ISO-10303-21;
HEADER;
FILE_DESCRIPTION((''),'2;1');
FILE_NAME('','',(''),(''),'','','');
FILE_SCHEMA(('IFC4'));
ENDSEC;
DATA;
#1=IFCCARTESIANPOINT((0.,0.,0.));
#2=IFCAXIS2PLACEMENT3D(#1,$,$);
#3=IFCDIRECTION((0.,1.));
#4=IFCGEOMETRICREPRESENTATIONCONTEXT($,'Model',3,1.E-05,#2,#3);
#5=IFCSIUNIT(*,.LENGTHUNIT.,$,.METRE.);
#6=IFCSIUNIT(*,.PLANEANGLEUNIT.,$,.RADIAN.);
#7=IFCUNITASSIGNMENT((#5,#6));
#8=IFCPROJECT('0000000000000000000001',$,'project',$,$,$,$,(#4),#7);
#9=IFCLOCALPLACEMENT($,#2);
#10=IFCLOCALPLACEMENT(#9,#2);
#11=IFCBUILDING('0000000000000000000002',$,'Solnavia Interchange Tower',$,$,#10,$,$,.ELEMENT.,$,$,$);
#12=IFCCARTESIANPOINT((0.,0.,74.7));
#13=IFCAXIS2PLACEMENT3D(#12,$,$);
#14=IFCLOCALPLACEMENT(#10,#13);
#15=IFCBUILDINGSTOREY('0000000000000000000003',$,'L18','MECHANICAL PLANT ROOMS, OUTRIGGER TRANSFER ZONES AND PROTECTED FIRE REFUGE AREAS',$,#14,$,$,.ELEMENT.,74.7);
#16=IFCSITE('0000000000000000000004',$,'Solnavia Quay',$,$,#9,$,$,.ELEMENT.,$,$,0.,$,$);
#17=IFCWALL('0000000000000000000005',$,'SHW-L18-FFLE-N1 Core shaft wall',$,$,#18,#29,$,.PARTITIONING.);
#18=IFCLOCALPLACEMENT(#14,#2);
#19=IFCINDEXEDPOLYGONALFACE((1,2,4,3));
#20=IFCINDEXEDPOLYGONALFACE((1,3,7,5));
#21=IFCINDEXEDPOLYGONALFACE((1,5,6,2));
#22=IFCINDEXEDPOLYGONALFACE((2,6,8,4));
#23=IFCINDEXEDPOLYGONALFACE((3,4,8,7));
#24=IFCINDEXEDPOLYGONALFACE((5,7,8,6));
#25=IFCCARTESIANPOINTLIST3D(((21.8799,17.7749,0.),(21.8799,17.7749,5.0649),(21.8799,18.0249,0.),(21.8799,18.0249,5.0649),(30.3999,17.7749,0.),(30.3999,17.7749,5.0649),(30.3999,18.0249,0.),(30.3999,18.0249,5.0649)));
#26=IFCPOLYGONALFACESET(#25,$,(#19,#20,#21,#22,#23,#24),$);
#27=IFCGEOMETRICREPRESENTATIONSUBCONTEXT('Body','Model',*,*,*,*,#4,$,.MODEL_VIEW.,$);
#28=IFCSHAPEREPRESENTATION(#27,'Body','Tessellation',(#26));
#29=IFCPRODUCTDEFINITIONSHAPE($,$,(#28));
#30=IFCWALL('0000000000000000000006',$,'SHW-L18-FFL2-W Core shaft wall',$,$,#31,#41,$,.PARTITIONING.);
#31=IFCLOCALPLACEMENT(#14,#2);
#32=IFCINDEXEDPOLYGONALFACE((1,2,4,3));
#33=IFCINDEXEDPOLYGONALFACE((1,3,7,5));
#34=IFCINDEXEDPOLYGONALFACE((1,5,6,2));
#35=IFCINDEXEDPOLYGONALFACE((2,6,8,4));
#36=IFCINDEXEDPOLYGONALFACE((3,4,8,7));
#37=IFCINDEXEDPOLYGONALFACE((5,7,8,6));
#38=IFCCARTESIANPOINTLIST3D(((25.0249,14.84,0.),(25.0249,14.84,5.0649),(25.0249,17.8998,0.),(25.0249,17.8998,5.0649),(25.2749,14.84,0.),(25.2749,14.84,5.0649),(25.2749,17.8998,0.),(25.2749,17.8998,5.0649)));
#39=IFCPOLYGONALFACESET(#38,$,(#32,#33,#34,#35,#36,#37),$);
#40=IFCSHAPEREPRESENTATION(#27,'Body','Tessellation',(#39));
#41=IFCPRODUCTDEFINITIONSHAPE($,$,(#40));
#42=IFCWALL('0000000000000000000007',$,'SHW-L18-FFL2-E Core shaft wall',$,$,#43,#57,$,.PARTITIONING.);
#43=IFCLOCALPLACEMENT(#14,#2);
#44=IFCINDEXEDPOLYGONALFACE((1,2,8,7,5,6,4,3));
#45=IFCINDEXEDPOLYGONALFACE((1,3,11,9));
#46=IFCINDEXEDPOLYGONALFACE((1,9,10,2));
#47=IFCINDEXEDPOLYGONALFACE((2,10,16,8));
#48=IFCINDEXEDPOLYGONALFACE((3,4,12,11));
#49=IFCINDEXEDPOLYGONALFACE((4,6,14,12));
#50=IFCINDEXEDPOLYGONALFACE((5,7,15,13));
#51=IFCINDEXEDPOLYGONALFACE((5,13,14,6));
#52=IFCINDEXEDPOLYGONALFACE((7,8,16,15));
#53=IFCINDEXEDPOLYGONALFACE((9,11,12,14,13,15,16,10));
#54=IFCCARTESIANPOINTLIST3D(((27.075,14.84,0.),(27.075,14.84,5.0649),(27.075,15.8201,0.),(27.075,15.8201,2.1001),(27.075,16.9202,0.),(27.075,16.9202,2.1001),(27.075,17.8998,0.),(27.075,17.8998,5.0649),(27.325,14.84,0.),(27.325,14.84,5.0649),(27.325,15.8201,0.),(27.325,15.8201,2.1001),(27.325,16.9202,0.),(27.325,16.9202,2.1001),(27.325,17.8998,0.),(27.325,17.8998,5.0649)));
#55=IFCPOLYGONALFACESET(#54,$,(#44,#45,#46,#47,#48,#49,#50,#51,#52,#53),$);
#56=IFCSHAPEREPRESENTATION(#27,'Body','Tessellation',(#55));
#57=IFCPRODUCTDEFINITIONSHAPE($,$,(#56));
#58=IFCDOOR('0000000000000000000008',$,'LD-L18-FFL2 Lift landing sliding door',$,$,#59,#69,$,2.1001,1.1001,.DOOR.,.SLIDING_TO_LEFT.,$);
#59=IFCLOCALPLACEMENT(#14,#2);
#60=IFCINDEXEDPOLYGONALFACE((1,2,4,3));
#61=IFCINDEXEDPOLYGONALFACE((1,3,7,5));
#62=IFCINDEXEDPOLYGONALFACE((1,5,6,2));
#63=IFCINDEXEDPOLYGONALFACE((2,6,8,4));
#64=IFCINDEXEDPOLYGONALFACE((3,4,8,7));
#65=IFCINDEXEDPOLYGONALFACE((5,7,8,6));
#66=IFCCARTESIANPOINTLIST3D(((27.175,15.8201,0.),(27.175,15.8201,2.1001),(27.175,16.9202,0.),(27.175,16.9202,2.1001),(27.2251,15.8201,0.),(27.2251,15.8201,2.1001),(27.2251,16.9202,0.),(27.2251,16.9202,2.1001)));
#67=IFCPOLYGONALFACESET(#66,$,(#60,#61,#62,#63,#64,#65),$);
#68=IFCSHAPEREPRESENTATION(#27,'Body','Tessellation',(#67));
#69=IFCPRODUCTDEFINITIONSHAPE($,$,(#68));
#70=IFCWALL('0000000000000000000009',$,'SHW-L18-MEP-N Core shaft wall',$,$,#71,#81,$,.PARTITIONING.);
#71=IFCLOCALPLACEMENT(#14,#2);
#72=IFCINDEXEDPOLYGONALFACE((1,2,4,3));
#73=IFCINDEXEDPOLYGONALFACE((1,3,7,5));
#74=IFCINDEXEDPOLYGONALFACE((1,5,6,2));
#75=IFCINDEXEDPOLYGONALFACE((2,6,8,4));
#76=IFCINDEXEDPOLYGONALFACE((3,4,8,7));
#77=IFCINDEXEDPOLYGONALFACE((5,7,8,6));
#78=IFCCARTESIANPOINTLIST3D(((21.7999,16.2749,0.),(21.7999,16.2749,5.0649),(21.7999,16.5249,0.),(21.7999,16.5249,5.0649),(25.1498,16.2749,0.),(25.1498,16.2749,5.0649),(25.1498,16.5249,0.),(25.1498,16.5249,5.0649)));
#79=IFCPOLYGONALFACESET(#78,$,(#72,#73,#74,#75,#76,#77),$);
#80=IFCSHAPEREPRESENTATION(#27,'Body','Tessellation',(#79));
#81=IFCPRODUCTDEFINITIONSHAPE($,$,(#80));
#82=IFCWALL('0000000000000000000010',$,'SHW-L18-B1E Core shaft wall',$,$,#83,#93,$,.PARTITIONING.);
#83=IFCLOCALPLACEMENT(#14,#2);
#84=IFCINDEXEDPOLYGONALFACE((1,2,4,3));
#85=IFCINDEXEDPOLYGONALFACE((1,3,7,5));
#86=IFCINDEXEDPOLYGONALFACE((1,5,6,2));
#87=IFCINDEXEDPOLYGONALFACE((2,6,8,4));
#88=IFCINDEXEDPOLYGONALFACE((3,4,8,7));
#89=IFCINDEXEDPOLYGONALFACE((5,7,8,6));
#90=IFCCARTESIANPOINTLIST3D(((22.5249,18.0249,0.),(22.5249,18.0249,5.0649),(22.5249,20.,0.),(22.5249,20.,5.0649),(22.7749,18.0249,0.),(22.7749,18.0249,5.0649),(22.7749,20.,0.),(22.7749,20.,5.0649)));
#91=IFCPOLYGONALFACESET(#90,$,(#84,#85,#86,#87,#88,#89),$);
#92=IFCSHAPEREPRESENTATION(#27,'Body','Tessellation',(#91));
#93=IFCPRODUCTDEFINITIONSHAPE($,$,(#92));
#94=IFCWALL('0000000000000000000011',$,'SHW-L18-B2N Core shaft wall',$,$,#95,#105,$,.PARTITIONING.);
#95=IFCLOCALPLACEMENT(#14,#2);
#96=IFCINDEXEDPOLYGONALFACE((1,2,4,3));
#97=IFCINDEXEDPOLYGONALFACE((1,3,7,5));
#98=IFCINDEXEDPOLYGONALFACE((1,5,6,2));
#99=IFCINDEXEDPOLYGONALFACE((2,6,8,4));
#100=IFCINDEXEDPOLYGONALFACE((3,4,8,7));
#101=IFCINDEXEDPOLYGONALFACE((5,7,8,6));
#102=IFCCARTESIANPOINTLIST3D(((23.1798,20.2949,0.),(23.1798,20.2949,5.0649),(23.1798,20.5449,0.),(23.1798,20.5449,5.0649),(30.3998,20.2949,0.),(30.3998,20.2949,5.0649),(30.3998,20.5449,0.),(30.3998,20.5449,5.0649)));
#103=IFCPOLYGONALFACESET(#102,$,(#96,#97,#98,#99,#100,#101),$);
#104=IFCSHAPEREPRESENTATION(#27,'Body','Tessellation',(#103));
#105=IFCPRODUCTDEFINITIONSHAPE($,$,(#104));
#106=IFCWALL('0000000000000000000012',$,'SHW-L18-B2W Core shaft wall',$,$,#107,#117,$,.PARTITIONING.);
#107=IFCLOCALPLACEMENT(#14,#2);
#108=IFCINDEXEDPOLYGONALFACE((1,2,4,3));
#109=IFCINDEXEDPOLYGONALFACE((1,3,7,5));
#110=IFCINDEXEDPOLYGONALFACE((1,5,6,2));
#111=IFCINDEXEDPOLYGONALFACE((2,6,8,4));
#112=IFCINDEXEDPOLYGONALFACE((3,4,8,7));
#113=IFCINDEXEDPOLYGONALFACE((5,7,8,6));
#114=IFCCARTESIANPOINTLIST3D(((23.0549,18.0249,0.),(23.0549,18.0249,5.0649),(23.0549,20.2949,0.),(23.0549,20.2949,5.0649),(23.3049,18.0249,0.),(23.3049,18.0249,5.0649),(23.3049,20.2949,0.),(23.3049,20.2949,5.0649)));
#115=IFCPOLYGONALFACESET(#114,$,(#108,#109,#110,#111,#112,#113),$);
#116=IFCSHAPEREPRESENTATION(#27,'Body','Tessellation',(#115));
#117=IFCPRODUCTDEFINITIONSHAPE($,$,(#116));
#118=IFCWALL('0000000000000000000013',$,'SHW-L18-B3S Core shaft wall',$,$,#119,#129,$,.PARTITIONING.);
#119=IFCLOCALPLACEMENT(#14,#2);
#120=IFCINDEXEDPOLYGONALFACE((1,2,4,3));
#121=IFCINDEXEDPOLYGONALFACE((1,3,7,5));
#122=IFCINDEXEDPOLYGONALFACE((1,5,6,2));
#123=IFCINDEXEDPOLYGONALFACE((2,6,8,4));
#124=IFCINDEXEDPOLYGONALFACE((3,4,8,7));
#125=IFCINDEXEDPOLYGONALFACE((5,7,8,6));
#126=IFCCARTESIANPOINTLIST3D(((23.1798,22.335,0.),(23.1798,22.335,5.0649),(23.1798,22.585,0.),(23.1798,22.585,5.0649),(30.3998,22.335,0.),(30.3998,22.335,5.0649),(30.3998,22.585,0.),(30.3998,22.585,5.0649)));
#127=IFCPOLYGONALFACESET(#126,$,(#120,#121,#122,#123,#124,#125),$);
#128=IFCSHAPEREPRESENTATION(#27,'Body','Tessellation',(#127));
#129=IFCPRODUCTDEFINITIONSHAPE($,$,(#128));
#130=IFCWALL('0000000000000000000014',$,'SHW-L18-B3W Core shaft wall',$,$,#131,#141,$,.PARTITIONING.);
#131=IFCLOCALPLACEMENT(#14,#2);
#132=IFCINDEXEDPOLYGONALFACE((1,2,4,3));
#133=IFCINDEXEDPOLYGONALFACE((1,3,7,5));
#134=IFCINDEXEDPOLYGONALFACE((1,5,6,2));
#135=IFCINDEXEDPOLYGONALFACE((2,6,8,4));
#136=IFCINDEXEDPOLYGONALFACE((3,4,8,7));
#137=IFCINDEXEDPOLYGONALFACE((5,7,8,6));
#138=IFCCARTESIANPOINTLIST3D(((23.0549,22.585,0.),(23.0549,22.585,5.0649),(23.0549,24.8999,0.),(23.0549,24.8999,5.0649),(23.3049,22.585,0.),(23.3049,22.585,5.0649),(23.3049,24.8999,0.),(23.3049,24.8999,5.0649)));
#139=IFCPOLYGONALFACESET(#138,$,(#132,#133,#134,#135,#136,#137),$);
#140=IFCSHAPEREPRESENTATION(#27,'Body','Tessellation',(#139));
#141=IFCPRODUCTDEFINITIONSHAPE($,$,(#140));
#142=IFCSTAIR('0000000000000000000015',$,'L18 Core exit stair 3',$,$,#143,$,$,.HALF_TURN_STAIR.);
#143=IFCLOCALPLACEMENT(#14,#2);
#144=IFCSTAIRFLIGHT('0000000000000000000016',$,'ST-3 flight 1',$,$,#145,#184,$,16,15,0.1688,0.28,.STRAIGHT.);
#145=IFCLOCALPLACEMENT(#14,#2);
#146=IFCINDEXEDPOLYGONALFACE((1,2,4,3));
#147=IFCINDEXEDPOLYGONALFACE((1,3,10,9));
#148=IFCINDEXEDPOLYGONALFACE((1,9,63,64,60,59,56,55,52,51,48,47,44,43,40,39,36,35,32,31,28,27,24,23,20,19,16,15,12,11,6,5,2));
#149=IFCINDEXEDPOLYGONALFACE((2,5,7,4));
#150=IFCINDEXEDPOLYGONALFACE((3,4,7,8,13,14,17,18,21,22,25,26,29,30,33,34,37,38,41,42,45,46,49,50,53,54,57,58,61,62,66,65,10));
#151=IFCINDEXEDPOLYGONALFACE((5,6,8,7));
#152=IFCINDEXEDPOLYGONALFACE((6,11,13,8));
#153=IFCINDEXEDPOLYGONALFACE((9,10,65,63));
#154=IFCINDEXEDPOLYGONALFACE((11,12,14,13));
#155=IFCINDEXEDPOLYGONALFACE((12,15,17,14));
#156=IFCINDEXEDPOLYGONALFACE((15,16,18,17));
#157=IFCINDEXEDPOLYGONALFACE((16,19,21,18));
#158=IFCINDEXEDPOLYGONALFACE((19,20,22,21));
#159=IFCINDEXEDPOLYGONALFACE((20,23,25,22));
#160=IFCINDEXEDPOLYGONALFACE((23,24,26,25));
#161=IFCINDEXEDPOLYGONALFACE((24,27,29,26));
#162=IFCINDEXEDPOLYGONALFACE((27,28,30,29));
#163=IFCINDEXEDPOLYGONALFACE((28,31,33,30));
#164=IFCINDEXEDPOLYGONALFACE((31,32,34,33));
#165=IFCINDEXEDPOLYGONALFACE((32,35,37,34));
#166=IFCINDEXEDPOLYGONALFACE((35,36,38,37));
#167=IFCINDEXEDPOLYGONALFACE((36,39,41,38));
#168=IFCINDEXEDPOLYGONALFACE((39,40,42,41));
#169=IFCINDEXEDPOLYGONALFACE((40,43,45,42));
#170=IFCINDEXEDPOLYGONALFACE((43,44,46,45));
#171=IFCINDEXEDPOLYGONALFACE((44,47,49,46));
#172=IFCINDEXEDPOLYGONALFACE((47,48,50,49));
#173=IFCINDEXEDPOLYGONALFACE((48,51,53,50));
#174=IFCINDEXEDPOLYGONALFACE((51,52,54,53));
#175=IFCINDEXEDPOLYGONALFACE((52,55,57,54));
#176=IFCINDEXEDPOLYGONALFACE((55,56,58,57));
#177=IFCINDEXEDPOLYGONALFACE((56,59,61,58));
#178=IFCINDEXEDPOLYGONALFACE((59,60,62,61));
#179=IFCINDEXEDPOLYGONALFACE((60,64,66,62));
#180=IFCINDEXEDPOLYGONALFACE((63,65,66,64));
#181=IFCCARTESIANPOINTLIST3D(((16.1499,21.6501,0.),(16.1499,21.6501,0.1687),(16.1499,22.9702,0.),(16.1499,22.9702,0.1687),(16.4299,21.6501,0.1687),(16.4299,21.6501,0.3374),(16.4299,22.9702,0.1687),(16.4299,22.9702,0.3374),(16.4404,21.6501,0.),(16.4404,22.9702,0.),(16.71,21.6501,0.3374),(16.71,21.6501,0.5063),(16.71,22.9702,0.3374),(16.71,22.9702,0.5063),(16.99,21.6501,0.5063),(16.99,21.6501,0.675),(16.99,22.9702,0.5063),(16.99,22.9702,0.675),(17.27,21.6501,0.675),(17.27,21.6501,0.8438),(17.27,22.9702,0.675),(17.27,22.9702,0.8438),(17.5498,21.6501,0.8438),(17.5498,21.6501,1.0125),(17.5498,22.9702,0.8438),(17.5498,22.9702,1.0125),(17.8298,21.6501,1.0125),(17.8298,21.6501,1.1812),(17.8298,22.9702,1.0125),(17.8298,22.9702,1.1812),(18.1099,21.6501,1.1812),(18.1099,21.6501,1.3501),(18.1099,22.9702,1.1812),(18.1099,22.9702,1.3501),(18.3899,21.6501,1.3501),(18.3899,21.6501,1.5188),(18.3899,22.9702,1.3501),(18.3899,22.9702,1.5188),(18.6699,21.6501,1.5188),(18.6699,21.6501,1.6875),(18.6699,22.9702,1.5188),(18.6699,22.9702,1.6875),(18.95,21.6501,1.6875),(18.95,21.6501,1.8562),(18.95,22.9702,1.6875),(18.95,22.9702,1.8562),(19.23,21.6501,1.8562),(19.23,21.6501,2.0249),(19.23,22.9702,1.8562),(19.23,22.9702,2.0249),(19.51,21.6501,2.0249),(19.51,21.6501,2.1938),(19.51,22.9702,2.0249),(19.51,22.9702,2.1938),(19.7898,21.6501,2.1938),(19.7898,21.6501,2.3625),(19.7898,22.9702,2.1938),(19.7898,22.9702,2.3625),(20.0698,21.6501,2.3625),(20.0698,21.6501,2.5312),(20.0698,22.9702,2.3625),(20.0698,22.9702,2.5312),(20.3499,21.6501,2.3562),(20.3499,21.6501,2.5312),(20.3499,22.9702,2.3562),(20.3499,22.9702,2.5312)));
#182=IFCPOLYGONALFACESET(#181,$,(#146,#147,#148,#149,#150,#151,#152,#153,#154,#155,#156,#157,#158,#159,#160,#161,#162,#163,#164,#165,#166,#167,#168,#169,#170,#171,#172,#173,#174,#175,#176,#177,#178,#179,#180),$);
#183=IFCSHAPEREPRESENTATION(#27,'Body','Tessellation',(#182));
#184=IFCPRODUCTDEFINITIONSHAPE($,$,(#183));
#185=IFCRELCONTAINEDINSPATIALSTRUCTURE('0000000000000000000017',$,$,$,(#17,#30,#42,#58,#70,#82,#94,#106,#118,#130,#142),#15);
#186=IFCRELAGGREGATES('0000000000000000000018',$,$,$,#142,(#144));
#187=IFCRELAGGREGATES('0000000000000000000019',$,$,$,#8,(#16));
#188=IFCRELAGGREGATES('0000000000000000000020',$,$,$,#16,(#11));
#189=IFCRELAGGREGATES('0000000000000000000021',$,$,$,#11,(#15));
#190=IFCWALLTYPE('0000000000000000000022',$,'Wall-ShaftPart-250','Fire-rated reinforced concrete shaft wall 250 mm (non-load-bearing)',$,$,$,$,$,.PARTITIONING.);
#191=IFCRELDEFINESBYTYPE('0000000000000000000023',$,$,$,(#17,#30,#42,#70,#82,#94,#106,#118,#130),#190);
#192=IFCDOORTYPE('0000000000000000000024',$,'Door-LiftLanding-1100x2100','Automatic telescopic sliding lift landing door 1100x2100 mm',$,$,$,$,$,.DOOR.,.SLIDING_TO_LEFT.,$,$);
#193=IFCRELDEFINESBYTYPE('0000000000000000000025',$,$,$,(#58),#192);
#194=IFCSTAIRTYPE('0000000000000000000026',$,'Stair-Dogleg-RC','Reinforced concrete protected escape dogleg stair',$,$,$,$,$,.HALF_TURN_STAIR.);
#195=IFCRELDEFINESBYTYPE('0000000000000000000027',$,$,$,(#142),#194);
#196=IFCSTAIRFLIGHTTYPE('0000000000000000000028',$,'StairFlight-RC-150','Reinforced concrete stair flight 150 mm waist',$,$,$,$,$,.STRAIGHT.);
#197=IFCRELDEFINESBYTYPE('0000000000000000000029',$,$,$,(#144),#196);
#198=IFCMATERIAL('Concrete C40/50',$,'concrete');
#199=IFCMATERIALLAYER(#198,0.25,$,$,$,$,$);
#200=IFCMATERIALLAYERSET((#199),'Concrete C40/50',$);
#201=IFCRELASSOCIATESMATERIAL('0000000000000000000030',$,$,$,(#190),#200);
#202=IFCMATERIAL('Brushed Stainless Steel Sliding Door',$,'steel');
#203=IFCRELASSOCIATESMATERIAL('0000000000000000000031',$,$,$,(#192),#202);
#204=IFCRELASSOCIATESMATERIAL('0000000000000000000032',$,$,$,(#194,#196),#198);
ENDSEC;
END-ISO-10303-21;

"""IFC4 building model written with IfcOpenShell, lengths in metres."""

from ifc_helpers import new_model, si_unit, direction, frame, frame_2d, origin, place, context, subcontext, project, spatial, polyline, rectangle, outline, extrude, material, layer, layer_set, type_object, element, fill, aggregate, save


model = new_model("IFC4")

# Units and contexts
model_context = context("Model", 3, precision=1e-05, world=origin(), true_north=direction((0.0, 1.0)))
body_context = subcontext(model_context, "Body", "Model", "MODEL_VIEW")
ifc_project = project(units=[si_unit("LENGTHUNIT", "METRE"), si_unit("PLANEANGLEUNIT", "RADIAN")], contexts=[model_context])

# Site, building, storey
site_placement = place(None, origin())
site = spatial("IfcSite", under=ifc_project, at=site_placement, Name="Solnavia Quay", CompositionType="ELEMENT", RefElevation=0.0)
building_placement = place(site_placement, origin())
building = spatial("IfcBuilding", under=site, at=building_placement, Name="Solnavia Interchange Tower", CompositionType="ELEMENT")
storey_placement = place(building_placement, frame((0.0, 0.0, 74.7)))
storey = spatial("IfcBuildingStorey", under=building, at=storey_placement, Name="L18", Description="MECHANICAL PLANT ROOMS, OUTRIGGER TRANSFER ZONES AND PROTECTED FIRE REFUGE AREAS", CompositionType="ELEMENT", Elevation=74.7)

# Shared definitions
ifc_material_1 = material(Name="Concrete C40/50", Category="concrete")

# Shared definitions
ifc_layer_1 = layer(ifc_material_1, 0.25)
ifc_layer_set_1 = layer_set([ifc_layer_1], Name="Concrete C40/50")
wall_type_1 = type_object("IfcWallType", Name="Wall-ShaftPart-250", Description="Fire-rated reinforced concrete shaft wall 250 mm (non-load-bearing)", PredefinedType="PARTITIONING", material=ifc_layer_set_1)
ifc_material_2 = material(Name="Brushed Stainless Steel Sliding Door", Category="steel")
door_type_1 = type_object("IfcDoorType", Name="Door-LiftLanding-1100x2100", Description="Automatic telescopic sliding lift landing door 1100x2100 mm", OperationType="SLIDING_TO_LEFT", PredefinedType="DOOR", material=ifc_material_2)

# Walls
wall_1_placement = place(storey_placement, frame((21.8799, 17.8999, 0.0), z_axis=(0.0, 0.0, 1.0), x_axis=(1.0, 0.0, 0.0)))
element("IfcWall", 1, at=wall_1_placement, inside=storey, type_object=wall_type_1, Name="SHW-L18-FFLE-N1 Core shaft wall", PredefinedType="PARTITIONING", context=body_context, shape_type="SweptSolid", body=[
    extrude(rectangle(XDim=8.52, YDim=0.25, at=frame_2d((4.26, 0.0))), origin(), (0.0, 0.0, 1.0), 5.0649),
])
wall_2_placement = place(storey_placement, frame((25.1499, 14.8401, 0.0), z_axis=(0.0, 0.0, 1.0), x_axis=(0.0, 1.0, 0.0)))
element("IfcWall", 2, at=wall_2_placement, inside=storey, type_object=wall_type_1, Name="SHW-L18-FFL2-W Core shaft wall", PredefinedType="PARTITIONING", context=body_context, shape_type="SweptSolid", body=[
    extrude(rectangle(XDim=3.0598, YDim=0.25, at=frame_2d((1.5298, 0.0))), origin(), (0.0, 0.0, 1.0), 5.0649),
])

# Wall, opening, door
wall_3_placement = place(storey_placement, frame((27.2, 14.8401, 0.0), z_axis=(0.0, 0.0, 1.0), x_axis=(0.0, 1.0, 0.0)))
wall_3 = element("IfcWall", 3, at=wall_3_placement, inside=storey, type_object=wall_type_1, Name="SHW-L18-FFL2-E Core shaft wall", PredefinedType="PARTITIONING", context=body_context, shape_type="SweptSolid", body=[
    extrude(rectangle(XDim=3.0598, YDim=0.25, at=frame_2d((1.5298, 0.0))), origin(), (0.0, 0.0, 1.0), 5.0649),
])
opening_1_placement = place(wall_3_placement, frame((0.98, 0.0, 0.0)))
opening_1 = element("IfcOpeningElement", 4, at=opening_1_placement, cuts=wall_3, PredefinedType="OPENING", context=body_context, shape_type="SweptSolid", body=[
    extrude(rectangle(XDim=1.1001, YDim=2.1001, at=frame_2d((0.55, 1.05))), frame((0.0, 0.135, 0.0), z_axis=(0.0, -1.0, 0.0), x_axis=(1.0, 0.0, 0.0)), (0.0, 0.0, 1.0), 0.27),
])
door_1_placement = place(opening_1_placement, origin())
door_1 = element("IfcDoor", 5, at=door_1_placement, inside=storey, type_object=door_type_1, Name="LD-L18-FFL2 Lift landing sliding door", OperationType="SLIDING_TO_LEFT", OverallHeight=2.1001, OverallWidth=1.1001, PredefinedType="DOOR", context=body_context, shape_type="SweptSolid", body=[
    extrude(rectangle(XDim=1.1001, YDim=2.1001, at=frame_2d((0.55, 1.05))), frame((0.0, 0.0249, 0.0), z_axis=(0.0, -1.0, 0.0), x_axis=(1.0, 0.0, 0.0)), (0.0, 0.0, 1.0), 0.05),
])
fill(opening_1, door_1)

# Walls
wall_4_placement = place(storey_placement, frame((21.8, 16.3999, 0.0), z_axis=(0.0, 0.0, 1.0), x_axis=(1.0, 0.0, 0.0)))
element("IfcWall", 6, at=wall_4_placement, inside=storey, type_object=wall_type_1, Name="SHW-L18-MEP-N Core shaft wall", PredefinedType="PARTITIONING", context=body_context, shape_type="SweptSolid", body=[
    extrude(rectangle(XDim=3.3499, YDim=0.25, at=frame_2d((1.6748, 0.0))), origin(), (0.0, 0.0, 1.0), 5.0649),
])
wall_5_placement = place(storey_placement, frame((22.6499, 18.0249, 0.0), z_axis=(0.0, 0.0, 1.0), x_axis=(0.0, 1.0, 0.0)))
element("IfcWall", 7, at=wall_5_placement, inside=storey, type_object=wall_type_1, Name="SHW-L18-B1E Core shaft wall", PredefinedType="PARTITIONING", context=body_context, shape_type="SweptSolid", body=[
    extrude(rectangle(XDim=1.9751, YDim=0.25, at=frame_2d((0.9875, 0.0))), origin(), (0.0, 0.0, 1.0), 5.0649),
])
wall_6_placement = place(storey_placement, frame((23.1799, 20.4199, 0.0), z_axis=(0.0, 0.0, 1.0), x_axis=(1.0, 0.0, 0.0)))
element("IfcWall", 8, at=wall_6_placement, inside=storey, type_object=wall_type_1, Name="SHW-L18-B2N Core shaft wall", PredefinedType="PARTITIONING", context=body_context, shape_type="SweptSolid", body=[
    extrude(rectangle(XDim=7.22, YDim=0.25, at=frame_2d((3.6099, 0.0))), origin(), (0.0, 0.0, 1.0), 5.0649),
])
wall_7_placement = place(storey_placement, frame((23.1799, 18.0249, 0.0), z_axis=(0.0, 0.0, 1.0), x_axis=(0.0, 1.0, 0.0)))
element("IfcWall", 9, at=wall_7_placement, inside=storey, type_object=wall_type_1, Name="SHW-L18-B2W Core shaft wall", PredefinedType="PARTITIONING", context=body_context, shape_type="SweptSolid", body=[
    extrude(rectangle(XDim=2.27, YDim=0.25, at=frame_2d((1.135, 0.0))), origin(), (0.0, 0.0, 1.0), 5.0649),
])
wall_8_placement = place(storey_placement, frame((23.1799, 22.46, 0.0), z_axis=(0.0, 0.0, 1.0), x_axis=(1.0, 0.0, 0.0)))
element("IfcWall", 10, at=wall_8_placement, inside=storey, type_object=wall_type_1, Name="SHW-L18-B3S Core shaft wall", PredefinedType="PARTITIONING", context=body_context, shape_type="SweptSolid", body=[
    extrude(rectangle(XDim=7.22, YDim=0.25, at=frame_2d((3.6099, 0.0))), origin(), (0.0, 0.0, 1.0), 5.0649),
])
wall_9_placement = place(storey_placement, frame((23.1799, 22.585, 0.0), z_axis=(0.0, 0.0, 1.0), x_axis=(0.0, 1.0, 0.0)))
element("IfcWall", 11, at=wall_9_placement, inside=storey, type_object=wall_type_1, Name="SHW-L18-B3W Core shaft wall", PredefinedType="PARTITIONING", context=body_context, shape_type="SweptSolid", body=[
    extrude(rectangle(XDim=2.3149, YDim=0.25, at=frame_2d((1.1575, 0.0))), origin(), (0.0, 0.0, 1.0), 5.0649),
])

# Stair, stair flight
stair_type = type_object("IfcStairType", Name="Stair-Dogleg-RC", Description="Reinforced concrete protected escape dogleg stair", PredefinedType="HALF_TURN_STAIR", material=ifc_material_1)
stair_placement = place(storey_placement, origin())
stair = element("IfcStair", 12, at=stair_placement, inside=storey, type_object=stair_type, Name="L18 Core exit stair 3", PredefinedType="HALF_TURN_STAIR")
stair_flight_type = type_object("IfcStairFlightType", Name="StairFlight-RC-150", Description="Reinforced concrete stair flight 150 mm waist", PredefinedType="STRAIGHT", material=ifc_material_1)
stair_flight_1_placement = place(storey_placement, frame((16.1499, 22.3101, 0.0), z_axis=(0.0, 0.0, 1.0), x_axis=(1.0, 0.0, 0.0)))
stair_flight_1 = element("IfcStairFlight", 13, at=stair_flight_1_placement, type_object=stair_flight_type, Name="ST-3 flight 1", NumberOfRisers=16, NumberOfTreads=15, PredefinedType="STRAIGHT", RiserHeight=0.1688, TreadLength=0.28, context=body_context, shape_type="SweptSolid", body=[
    extrude(outline(polyline([(0.0, 0.0), (0.0, 0.1687), (0.28, 0.1687), (0.28, 0.3374), (0.5601, 0.3374), (0.5601, 0.5063), (0.8401, 0.5063), (0.8401, 0.675), (1.1201, 0.675), (1.1201, 0.8438), (1.3999, 0.8438), (1.3999, 1.0125), (1.6799, 1.0125), (1.6799, 1.1812), (1.96, 1.1812), (1.96, 1.3501), (2.24, 1.3501), (2.24, 1.5188), (2.52, 1.5188), (2.52, 1.6875), (2.8, 1.6875), (2.8, 1.8562), (3.0801, 1.8562), (3.0801, 2.0249), (3.3601, 2.0249), (3.3601, 2.1938), (3.6399, 2.1938), (3.6399, 2.3625), (3.9199, 2.3625), (3.9199, 2.5312), (4.2, 2.5312), (4.2, 2.7), (4.2, 2.3562), (0.2905, 0.0), (0.0, 0.0)])), frame((0.0, 0.6602, 0.0), z_axis=(0.0, -1.0, 0.0), x_axis=(1.0, 0.0, 0.0)), (0.0, 0.0, 1.0), 1.3201),
])
aggregate(stair, [stair_flight_1])

save(model, "model.ifc")
